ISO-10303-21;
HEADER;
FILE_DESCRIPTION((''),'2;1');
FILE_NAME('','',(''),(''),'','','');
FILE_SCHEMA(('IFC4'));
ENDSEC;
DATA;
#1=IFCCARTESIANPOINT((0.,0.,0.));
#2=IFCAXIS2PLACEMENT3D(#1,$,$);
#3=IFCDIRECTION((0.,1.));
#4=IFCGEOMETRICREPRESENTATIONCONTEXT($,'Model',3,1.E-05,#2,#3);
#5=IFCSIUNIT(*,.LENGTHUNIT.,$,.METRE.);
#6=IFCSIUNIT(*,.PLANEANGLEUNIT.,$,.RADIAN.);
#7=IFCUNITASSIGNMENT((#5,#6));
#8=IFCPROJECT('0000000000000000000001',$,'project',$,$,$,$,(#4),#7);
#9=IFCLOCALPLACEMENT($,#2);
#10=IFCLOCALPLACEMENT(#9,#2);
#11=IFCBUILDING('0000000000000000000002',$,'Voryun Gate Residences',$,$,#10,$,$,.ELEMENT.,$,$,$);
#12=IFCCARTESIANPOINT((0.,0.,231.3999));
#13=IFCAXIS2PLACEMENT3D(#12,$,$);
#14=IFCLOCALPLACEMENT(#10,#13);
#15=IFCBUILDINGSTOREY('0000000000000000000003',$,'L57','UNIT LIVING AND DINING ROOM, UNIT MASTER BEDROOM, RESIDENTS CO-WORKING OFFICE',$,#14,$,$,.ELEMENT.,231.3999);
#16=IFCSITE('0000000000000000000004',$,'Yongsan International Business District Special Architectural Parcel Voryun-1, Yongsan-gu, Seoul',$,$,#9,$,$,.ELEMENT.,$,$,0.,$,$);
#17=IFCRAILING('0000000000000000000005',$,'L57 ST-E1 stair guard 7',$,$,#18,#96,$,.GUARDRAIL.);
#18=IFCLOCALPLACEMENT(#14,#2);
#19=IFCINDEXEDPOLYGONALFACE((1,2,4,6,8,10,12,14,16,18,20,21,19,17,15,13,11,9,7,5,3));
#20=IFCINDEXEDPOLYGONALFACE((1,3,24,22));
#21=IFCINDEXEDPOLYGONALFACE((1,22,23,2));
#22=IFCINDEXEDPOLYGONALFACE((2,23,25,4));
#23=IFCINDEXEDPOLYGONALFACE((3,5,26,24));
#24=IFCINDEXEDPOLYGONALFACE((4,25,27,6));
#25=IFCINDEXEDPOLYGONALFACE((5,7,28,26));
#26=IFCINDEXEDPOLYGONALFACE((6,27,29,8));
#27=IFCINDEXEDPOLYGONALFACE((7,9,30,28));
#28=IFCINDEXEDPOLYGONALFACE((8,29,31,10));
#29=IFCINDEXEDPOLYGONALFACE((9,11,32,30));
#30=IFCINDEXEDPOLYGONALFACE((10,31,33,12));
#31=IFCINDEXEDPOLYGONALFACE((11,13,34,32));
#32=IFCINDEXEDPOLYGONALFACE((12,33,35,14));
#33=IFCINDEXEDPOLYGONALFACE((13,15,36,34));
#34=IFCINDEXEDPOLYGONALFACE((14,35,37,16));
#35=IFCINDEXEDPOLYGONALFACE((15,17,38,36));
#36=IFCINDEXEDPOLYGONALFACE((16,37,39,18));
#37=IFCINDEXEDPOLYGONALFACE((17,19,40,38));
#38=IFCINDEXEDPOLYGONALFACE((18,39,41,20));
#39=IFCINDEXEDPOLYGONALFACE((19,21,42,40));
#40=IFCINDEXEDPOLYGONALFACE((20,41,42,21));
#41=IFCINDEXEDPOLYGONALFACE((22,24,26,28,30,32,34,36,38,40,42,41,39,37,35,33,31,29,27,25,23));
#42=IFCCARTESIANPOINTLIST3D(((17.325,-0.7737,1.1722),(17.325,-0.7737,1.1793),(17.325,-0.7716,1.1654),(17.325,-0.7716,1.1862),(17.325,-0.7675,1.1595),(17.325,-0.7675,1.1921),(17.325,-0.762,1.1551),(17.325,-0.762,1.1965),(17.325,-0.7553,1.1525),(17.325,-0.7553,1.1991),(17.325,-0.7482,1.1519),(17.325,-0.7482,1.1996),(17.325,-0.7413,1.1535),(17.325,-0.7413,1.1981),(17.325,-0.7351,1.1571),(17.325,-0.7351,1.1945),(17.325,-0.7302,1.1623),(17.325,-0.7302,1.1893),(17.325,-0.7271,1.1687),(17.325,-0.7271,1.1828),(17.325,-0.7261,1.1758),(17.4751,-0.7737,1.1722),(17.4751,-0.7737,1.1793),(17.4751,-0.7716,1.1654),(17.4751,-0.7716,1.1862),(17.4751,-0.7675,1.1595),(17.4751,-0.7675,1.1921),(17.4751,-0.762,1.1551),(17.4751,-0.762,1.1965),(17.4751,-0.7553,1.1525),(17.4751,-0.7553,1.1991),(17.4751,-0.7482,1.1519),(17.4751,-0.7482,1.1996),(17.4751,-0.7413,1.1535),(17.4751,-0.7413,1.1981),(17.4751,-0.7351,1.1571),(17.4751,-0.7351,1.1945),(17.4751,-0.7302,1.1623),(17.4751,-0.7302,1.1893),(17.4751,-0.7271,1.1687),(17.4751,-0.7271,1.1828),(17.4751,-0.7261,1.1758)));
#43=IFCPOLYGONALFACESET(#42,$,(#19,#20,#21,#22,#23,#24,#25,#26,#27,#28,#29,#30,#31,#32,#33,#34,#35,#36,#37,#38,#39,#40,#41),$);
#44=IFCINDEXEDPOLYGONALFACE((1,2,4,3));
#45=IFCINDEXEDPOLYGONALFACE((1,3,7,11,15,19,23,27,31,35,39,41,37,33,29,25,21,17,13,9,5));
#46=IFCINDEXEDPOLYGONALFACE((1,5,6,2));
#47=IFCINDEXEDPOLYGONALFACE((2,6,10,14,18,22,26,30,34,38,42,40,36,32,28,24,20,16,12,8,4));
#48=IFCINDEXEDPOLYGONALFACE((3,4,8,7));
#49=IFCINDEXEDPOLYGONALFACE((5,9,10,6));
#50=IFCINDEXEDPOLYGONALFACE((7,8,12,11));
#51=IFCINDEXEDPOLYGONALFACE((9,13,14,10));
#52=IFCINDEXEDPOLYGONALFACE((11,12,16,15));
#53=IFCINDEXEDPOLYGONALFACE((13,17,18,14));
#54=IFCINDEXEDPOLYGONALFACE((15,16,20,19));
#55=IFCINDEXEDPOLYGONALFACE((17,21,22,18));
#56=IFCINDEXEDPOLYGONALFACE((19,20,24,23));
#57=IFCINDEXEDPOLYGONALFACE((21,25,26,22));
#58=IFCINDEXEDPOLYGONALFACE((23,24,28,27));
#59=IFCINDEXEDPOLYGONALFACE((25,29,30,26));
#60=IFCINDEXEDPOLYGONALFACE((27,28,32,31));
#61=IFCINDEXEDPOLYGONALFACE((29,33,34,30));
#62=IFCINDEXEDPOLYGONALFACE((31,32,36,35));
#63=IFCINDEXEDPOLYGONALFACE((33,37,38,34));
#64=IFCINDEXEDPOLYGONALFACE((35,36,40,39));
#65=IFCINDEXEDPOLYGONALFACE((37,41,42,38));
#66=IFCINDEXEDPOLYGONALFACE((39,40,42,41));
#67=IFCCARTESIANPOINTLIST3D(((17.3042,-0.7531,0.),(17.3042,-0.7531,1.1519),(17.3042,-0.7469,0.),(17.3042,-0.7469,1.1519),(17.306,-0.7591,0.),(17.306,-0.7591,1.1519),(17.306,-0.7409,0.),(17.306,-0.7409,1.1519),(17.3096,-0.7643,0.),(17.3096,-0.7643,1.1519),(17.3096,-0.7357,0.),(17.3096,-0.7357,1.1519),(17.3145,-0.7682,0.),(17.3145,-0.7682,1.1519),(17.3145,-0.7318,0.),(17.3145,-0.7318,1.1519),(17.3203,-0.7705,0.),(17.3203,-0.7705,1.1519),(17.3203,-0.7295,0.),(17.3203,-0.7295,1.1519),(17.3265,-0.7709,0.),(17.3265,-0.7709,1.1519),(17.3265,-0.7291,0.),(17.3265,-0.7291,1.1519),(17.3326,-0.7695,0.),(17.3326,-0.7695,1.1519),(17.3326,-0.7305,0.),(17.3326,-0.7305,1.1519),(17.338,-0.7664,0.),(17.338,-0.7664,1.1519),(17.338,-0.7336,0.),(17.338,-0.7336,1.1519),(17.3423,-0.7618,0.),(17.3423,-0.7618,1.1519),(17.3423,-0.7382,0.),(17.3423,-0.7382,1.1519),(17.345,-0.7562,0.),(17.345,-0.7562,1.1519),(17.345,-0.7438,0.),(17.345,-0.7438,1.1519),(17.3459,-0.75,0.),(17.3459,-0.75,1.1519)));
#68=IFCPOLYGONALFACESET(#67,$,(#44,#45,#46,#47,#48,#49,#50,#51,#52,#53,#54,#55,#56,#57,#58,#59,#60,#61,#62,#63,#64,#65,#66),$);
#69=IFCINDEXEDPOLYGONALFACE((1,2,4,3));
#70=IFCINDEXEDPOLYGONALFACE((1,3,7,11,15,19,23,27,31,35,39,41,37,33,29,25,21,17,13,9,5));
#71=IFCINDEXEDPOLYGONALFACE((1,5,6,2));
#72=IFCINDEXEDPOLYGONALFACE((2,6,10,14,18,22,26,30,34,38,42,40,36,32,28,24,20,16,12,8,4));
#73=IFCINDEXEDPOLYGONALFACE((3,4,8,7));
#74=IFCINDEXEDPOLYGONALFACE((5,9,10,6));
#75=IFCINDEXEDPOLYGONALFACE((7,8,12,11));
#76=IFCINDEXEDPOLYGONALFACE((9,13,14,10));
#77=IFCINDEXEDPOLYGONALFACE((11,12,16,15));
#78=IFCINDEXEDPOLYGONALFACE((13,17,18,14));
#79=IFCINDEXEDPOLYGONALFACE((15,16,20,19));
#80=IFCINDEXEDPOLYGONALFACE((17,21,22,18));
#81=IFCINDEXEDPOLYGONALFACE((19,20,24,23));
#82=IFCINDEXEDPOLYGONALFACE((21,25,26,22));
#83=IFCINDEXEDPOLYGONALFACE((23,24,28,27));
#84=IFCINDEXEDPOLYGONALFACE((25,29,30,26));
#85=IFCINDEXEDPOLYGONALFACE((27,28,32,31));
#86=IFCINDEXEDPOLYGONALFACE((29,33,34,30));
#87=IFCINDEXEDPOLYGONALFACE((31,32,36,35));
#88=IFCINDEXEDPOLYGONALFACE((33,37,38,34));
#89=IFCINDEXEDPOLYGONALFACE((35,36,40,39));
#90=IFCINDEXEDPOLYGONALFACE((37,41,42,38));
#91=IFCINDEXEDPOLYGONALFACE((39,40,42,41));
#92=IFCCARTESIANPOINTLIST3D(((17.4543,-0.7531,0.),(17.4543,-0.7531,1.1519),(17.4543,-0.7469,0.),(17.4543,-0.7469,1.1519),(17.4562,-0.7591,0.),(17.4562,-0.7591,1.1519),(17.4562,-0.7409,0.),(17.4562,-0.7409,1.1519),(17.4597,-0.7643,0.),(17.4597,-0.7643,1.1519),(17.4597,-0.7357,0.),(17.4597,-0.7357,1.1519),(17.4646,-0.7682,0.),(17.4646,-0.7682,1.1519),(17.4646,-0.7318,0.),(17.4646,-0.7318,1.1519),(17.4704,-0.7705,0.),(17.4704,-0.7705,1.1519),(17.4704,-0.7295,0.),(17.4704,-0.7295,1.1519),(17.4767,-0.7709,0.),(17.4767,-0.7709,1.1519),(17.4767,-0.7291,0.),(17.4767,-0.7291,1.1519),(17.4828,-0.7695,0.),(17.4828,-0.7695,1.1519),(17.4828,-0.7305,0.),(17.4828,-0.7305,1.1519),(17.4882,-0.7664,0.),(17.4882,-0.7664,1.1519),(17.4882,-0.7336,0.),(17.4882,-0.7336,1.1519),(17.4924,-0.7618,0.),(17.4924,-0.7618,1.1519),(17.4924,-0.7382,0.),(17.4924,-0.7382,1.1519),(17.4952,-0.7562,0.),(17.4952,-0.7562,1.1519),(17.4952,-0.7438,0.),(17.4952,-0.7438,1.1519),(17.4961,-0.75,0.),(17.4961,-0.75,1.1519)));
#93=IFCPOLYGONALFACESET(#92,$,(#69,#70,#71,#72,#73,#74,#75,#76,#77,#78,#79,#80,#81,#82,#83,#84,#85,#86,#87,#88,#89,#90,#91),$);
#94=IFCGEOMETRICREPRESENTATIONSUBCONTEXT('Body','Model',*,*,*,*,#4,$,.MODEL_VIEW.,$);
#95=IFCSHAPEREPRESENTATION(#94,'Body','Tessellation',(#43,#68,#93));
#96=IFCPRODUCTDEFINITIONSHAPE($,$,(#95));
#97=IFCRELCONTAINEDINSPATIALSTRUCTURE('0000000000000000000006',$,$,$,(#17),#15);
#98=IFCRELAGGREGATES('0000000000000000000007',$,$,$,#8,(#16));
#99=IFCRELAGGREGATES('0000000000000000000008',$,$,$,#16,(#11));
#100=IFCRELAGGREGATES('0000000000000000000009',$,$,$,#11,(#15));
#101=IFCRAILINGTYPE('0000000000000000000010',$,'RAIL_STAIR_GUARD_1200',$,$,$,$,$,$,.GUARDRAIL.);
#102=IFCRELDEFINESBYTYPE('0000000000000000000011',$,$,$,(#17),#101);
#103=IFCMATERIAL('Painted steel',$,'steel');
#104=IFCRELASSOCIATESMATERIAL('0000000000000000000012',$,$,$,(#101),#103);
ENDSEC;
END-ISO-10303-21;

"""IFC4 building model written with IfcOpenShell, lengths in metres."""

from ifc_helpers import new_model, si_unit, direction, frame, origin, origin_2d, place, context, subcontext, project, spatial, circle, extrude, material, type_object, element, save


model = new_model("IFC4")

# Units and contexts
model_context = context("Model", 3, precision=1e-05, world=origin(), true_north=direction((0.0, 1.0)))
body_context = subcontext(model_context, "Body", "Model", "MODEL_VIEW")
ifc_project = project(units=[si_unit("LENGTHUNIT", "METRE"), si_unit("PLANEANGLEUNIT", "RADIAN")], contexts=[model_context])

# Site, building, storey
site_placement = place(None, origin())
site = spatial("IfcSite", under=ifc_project, at=site_placement, Name="Yongsan International Business District Special Architectural Parcel Voryun-1, Yongsan-gu, Seoul", CompositionType="ELEMENT", RefElevation=0.0)
building_placement = place(site_placement, origin())
building = spatial("IfcBuilding", under=site, at=building_placement, Name="Voryun Gate Residences", CompositionType="ELEMENT")
storey_placement = place(building_placement, frame((0.0, 0.0, 231.3999)))
storey = spatial("IfcBuildingStorey", under=building, at=storey_placement, Name="L57", Description="UNIT LIVING AND DINING ROOM, UNIT MASTER BEDROOM, RESIDENTS CO-WORKING OFFICE", CompositionType="ELEMENT", Elevation=231.3999)

# Railing
ifc_material_1 = material(Name="Painted steel", Category="steel")
railing_type_1 = type_object("IfcRailingType", Name="RAIL_STAIR_GUARD_1200", PredefinedType="GUARDRAIL", material=ifc_material_1)
railing_1_placement = place(storey_placement, frame((17.325, -0.75, 0.0)))
element("IfcRailing", 1, at=railing_1_placement, inside=storey, type_object=railing_type_1, Name="L57 ST-E1 stair guard 7", PredefinedType="GUARDRAIL", context=body_context, shape_type="SweptSolid", body=[
    extrude(circle(Radius=0.0239, at=origin_2d()), frame((0.0, 0.0, 1.1758), z_axis=(1.0, 0.0, 0.0), x_axis=(0.0, 1.0, 0.0)), (0.0, 0.0, 1.0), 0.1501),
    extrude(circle(Radius=0.021, at=origin_2d()), origin(), (0.0, 0.0, 1.0), 1.1519),
    extrude(circle(Radius=0.021, at=origin_2d()), frame((0.1501, 0.0, 0.0)), (0.0, 0.0, 1.0), 1.1519),
])

save(model, "model.ifc")
